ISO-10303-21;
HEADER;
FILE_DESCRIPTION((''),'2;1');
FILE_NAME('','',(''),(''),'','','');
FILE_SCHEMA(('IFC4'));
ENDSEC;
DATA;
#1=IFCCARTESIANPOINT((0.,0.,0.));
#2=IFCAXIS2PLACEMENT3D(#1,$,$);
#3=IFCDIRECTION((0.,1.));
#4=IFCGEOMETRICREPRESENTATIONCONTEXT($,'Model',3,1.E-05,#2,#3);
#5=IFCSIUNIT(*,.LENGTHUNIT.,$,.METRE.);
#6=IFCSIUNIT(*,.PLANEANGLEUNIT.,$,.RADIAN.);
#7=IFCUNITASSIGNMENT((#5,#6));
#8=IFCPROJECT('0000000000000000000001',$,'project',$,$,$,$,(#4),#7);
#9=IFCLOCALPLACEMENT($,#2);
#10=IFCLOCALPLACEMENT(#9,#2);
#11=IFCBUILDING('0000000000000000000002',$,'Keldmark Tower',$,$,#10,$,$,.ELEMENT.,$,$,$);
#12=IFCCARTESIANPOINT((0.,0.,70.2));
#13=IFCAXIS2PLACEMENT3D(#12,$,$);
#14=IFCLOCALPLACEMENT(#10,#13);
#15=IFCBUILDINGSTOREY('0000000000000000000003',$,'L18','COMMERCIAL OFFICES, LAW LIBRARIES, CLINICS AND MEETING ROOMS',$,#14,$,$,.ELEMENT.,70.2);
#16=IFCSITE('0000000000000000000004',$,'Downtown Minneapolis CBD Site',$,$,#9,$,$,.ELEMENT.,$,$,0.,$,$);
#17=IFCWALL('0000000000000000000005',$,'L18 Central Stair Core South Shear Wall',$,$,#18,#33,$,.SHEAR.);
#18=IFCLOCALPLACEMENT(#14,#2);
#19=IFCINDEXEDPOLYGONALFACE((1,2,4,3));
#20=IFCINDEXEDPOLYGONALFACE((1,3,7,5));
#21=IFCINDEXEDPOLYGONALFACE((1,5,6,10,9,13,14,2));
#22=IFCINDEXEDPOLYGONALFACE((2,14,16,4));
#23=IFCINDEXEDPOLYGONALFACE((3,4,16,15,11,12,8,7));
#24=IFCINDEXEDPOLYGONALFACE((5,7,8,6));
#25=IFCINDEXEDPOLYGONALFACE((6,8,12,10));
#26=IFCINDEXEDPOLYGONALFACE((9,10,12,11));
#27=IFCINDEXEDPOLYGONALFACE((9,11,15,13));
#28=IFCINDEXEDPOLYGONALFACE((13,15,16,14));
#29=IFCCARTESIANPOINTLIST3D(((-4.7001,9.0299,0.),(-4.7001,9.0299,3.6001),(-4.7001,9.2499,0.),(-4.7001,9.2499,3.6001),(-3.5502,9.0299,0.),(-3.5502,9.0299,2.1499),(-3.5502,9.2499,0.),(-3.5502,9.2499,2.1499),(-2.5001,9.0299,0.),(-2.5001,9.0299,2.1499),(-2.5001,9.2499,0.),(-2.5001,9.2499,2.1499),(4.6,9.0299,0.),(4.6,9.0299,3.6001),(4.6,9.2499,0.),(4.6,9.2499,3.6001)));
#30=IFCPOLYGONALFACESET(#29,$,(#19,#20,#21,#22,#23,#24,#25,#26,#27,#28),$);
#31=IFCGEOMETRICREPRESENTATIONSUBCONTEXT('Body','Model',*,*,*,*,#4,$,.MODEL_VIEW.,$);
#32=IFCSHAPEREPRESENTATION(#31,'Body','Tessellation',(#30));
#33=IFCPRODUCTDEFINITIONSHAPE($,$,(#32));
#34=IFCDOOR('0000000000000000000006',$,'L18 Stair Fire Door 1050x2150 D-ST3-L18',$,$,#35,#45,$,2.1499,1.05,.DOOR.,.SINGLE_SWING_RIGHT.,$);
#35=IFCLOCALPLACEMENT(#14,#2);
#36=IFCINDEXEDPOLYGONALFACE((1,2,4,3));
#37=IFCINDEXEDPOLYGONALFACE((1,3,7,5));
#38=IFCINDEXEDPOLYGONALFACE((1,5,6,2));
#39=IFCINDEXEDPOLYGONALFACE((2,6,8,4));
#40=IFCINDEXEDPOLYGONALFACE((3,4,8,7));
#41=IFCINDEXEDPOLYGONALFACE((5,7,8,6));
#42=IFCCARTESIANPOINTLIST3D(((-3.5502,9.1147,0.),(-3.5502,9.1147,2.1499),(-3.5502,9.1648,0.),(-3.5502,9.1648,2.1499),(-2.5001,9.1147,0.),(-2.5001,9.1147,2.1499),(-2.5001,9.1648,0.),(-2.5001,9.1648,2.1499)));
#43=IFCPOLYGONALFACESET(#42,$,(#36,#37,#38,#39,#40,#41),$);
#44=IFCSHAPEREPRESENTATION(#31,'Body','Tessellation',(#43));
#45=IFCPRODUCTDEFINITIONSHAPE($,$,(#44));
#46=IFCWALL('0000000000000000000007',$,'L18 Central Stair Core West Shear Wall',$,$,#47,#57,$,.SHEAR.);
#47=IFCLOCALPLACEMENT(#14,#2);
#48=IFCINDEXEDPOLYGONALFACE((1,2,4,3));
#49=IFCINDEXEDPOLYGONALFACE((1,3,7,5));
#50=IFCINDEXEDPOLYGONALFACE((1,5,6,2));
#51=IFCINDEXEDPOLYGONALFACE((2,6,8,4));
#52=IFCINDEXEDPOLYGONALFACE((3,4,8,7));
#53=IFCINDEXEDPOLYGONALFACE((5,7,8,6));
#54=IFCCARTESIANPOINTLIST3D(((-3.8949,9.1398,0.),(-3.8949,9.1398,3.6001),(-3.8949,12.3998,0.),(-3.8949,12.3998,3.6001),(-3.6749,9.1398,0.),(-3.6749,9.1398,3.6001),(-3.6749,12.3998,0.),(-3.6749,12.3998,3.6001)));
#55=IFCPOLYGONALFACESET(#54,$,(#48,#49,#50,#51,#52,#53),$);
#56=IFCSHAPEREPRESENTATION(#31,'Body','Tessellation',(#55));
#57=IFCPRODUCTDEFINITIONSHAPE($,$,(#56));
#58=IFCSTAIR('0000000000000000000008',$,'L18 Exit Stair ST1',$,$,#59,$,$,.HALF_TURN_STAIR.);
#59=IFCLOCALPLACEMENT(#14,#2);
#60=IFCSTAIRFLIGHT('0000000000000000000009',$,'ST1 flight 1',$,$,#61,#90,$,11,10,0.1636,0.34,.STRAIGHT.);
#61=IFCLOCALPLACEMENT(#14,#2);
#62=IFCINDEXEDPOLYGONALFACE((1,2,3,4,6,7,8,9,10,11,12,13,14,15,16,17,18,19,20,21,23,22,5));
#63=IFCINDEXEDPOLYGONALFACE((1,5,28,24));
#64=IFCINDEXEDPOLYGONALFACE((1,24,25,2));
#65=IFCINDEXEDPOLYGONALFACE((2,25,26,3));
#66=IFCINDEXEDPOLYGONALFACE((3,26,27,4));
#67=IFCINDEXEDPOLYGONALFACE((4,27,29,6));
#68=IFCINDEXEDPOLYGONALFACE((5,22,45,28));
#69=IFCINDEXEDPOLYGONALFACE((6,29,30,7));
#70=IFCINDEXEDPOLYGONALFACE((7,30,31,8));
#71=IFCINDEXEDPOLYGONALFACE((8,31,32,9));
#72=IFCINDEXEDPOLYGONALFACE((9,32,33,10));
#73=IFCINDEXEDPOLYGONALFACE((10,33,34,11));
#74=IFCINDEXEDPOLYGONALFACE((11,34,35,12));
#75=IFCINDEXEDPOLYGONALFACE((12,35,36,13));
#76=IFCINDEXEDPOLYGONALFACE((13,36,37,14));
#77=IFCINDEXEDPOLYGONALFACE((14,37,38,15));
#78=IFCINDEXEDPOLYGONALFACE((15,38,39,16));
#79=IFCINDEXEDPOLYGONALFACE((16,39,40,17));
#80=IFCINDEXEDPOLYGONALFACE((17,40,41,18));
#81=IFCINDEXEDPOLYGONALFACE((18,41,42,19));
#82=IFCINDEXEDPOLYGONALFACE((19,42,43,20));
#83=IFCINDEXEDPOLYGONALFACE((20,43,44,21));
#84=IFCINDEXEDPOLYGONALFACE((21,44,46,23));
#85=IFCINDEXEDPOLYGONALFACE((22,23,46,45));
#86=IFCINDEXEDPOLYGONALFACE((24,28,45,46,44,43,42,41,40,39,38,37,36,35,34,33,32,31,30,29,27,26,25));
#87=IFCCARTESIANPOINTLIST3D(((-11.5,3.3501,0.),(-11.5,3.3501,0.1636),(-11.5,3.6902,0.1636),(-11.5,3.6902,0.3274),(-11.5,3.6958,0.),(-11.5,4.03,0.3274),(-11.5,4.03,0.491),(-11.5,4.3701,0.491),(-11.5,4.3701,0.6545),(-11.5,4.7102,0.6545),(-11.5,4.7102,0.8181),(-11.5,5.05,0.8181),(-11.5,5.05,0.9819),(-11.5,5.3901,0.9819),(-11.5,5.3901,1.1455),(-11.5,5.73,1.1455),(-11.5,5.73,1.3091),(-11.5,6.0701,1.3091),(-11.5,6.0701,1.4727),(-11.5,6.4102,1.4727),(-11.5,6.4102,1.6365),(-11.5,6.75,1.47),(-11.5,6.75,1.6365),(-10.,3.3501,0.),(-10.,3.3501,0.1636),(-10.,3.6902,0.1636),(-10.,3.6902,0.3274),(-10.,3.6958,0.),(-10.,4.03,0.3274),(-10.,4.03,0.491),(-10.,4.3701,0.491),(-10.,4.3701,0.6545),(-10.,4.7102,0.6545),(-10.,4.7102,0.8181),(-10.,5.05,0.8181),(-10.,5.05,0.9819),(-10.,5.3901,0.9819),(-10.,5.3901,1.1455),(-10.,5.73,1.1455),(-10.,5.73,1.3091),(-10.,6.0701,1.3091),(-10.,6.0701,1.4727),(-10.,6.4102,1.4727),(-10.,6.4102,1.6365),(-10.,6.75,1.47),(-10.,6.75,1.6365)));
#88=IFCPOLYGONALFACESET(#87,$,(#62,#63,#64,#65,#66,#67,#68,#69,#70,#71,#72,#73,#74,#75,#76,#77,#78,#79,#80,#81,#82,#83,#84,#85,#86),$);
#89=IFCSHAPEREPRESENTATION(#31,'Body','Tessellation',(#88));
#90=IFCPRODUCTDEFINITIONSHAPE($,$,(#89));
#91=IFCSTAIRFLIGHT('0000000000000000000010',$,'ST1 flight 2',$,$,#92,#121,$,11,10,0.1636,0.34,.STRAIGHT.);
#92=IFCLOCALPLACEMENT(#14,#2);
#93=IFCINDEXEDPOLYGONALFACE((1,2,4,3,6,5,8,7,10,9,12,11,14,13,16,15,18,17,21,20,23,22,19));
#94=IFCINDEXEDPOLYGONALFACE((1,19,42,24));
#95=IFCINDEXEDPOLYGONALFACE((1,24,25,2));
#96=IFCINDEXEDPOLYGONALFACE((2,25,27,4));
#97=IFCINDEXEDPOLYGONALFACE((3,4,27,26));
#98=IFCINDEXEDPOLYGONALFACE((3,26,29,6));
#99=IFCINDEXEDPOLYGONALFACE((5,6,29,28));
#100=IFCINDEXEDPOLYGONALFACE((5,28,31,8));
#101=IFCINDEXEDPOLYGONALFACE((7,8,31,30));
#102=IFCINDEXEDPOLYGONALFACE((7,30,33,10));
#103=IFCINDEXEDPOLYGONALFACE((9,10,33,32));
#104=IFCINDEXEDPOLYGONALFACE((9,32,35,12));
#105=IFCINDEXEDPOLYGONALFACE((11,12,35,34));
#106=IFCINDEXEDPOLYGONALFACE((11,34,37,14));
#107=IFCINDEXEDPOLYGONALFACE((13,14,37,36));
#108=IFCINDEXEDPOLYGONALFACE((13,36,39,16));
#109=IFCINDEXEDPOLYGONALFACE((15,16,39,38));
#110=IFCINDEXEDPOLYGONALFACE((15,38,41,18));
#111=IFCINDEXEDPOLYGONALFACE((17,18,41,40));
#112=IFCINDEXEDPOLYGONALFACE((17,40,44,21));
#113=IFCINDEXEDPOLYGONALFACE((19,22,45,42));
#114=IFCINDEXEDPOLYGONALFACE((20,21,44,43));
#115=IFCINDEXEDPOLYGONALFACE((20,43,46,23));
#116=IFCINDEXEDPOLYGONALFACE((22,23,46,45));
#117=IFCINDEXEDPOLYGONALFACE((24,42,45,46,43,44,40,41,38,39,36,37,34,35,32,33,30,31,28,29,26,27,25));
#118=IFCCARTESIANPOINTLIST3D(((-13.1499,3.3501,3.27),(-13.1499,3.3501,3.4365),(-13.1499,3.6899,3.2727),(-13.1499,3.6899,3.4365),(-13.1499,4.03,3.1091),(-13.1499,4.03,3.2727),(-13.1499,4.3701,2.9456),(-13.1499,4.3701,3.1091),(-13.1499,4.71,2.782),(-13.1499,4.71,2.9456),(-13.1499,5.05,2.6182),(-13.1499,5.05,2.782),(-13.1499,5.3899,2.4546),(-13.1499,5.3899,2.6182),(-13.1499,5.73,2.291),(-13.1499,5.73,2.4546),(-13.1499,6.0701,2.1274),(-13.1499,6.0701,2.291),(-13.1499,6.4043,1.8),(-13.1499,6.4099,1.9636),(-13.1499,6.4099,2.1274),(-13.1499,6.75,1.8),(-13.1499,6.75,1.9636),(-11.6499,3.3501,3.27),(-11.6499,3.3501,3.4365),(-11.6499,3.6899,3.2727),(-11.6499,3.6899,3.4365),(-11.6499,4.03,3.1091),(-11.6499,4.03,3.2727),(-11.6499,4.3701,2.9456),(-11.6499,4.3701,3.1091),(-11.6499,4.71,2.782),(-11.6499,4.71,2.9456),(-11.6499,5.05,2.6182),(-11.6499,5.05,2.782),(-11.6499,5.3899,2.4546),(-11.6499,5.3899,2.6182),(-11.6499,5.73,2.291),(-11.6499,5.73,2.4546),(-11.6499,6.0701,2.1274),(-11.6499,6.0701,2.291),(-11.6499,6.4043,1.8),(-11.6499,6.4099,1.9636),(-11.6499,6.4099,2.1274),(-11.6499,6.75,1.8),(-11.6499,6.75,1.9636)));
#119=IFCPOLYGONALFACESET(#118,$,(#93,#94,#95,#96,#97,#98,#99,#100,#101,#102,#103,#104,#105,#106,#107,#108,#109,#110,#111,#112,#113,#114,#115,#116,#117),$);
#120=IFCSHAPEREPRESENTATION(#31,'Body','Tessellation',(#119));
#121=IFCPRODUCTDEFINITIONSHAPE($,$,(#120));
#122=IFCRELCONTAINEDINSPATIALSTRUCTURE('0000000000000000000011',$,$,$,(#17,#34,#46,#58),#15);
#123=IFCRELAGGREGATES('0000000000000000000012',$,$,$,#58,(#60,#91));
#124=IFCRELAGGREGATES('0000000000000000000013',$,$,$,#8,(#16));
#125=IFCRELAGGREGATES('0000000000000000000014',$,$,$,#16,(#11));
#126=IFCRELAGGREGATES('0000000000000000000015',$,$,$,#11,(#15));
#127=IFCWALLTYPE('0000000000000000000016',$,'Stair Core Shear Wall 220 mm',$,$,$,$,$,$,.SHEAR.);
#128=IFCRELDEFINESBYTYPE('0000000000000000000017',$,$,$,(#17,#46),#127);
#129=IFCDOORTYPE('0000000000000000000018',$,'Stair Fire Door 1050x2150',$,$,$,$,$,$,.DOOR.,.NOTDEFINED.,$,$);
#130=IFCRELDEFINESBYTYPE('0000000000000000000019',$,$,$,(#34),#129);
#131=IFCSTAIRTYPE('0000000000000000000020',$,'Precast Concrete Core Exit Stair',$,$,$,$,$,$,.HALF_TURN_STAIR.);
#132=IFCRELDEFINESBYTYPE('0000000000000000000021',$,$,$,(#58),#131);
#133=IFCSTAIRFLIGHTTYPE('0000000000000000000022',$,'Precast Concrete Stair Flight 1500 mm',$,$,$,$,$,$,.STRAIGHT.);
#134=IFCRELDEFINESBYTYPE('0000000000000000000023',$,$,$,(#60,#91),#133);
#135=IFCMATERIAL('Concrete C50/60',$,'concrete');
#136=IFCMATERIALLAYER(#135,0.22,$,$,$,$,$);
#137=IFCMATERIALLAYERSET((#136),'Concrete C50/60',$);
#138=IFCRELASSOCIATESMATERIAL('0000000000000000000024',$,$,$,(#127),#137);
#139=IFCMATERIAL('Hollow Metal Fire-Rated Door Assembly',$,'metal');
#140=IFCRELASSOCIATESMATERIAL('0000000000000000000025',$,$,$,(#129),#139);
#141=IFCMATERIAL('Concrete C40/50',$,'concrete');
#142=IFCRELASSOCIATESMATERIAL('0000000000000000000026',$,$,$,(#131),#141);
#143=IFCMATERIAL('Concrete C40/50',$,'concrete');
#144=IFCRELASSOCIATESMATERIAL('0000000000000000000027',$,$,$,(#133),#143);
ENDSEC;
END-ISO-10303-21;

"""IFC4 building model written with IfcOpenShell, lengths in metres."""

from ifc_helpers import new_model, si_unit, direction, frame, frame_2d, origin, place, context, subcontext, project, spatial, polyline, rectangle, outline, extrude, material, layer, layer_set, type_object, element, fill, aggregate, save


model = new_model("IFC4")

# Units and contexts
model_context = context("Model", 3, precision=1e-05, world=origin(), true_north=direction((0.0, 1.0)))
body_context = subcontext(model_context, "Body", "Model", "MODEL_VIEW")
ifc_project = project(units=[si_unit("LENGTHUNIT", "METRE"), si_unit("PLANEANGLEUNIT", "RADIAN")], contexts=[model_context])

# Site, building, storey
site_placement = place(None, origin())
site = spatial("IfcSite", under=ifc_project, at=site_placement, Name="Downtown Minneapolis CBD Site", CompositionType="ELEMENT", RefElevation=0.0)
building_placement = place(site_placement, origin())
building = spatial("IfcBuilding", under=site, at=building_placement, Name="Keldmark Tower", CompositionType="ELEMENT")
storey_placement = place(building_placement, frame((0.0, 0.0, 70.2)))
storey = spatial("IfcBuildingStorey", under=building, at=storey_placement, Name="L18", Description="COMMERCIAL OFFICES, LAW LIBRARIES, CLINICS AND MEETING ROOMS", CompositionType="ELEMENT", Elevation=70.2)

# Wall, opening, door
ifc_material_1 = material(Name="Concrete C50/60", Category="concrete")
ifc_layer_1 = layer(ifc_material_1, 0.22)
ifc_layer_set_1 = layer_set([ifc_layer_1], Name="Concrete C50/60")
wall_type_1 = type_object("IfcWallType", Name="Stair Core Shear Wall 220 mm", PredefinedType="SHEAR", material=ifc_layer_set_1)
wall_1_placement = place(storey_placement, frame((-4.7, 9.1399, 0.0), z_axis=(0.0, 0.0, 1.0), x_axis=(1.0, 0.0, 0.0)))
wall_1 = element("IfcWall", 1, at=wall_1_placement, inside=storey, type_object=wall_type_1, Name="L18 Central Stair Core South Shear Wall", PredefinedType="SHEAR", context=body_context, shape_type="SweptSolid", body=[
    extrude(rectangle(XDim=9.3, YDim=0.22, at=frame_2d((4.6499, 0.0))), origin(), (0.0, 0.0, 1.0), 3.6001),
])
opening_1_placement = place(wall_1_placement, frame((1.1499, 0.0, 0.0)))
opening_1 = element("IfcOpeningElement", 2, at=opening_1_placement, cuts=wall_1, PredefinedType="OPENING", context=body_context, shape_type="SweptSolid", body=[
    extrude(rectangle(XDim=1.05, YDim=2.1499, at=frame_2d((0.5249, 1.075))), frame((0.0, 0.1199, 0.0), z_axis=(0.0, -1.0, 0.0), x_axis=(1.0, 0.0, 0.0)), (0.0, 0.0, 1.0), 0.24),
])
ifc_material_2 = material(Name="Hollow Metal Fire-Rated Door Assembly", Category="metal")
door_type_1 = type_object("IfcDoorType", Name="Stair Fire Door 1050x2150", OperationType="NOTDEFINED", PredefinedType="DOOR", material=ifc_material_2)
door_1_placement = place(opening_1_placement, origin())
door_1 = element("IfcDoor", 3, at=door_1_placement, inside=storey, type_object=door_type_1, Name="L18 Stair Fire Door 1050x2150 D-ST3-L18", OperationType="SINGLE_SWING_RIGHT", OverallHeight=2.1499, OverallWidth=1.05, PredefinedType="DOOR", context=body_context, shape_type="SweptSolid", body=[
    extrude(rectangle(XDim=1.05, YDim=2.1499, at=frame_2d((0.5249, 1.075))), frame((0.0, 0.0249, 0.0), z_axis=(0.0, -1.0, 0.0), x_axis=(1.0, 0.0, 0.0)), (0.0, 0.0, 1.0), 0.05),
])
fill(opening_1, door_1)

# Wall
wall_2_placement = place(storey_placement, frame((-3.7849, 9.1399, 0.0), z_axis=(0.0, 0.0, 1.0), x_axis=(0.0, 1.0, 0.0)))
element("IfcWall", 4, at=wall_2_placement, inside=storey, type_object=wall_type_1, Name="L18 Central Stair Core West Shear Wall", PredefinedType="SHEAR", context=body_context, shape_type="SweptSolid", body=[
    extrude(rectangle(XDim=3.26, YDim=0.22, at=frame_2d((1.6299, 0.0))), origin(), (0.0, 0.0, 1.0), 3.6001),
])

# Stair, stair flights
ifc_material_3 = material(Name="Concrete C40/50", Category="concrete")
stair_type = type_object("IfcStairType", Name="Precast Concrete Core Exit Stair", PredefinedType="HALF_TURN_STAIR", material=ifc_material_3)
stair_placement = place(storey_placement, origin())
stair = element("IfcStair", 5, at=stair_placement, inside=storey, type_object=stair_type, Name="L18 Exit Stair ST1", PredefinedType="HALF_TURN_STAIR")
ifc_material_4 = material(Name="Concrete C40/50", Category="concrete")
stair_flight_type = type_object("IfcStairFlightType", Name="Precast Concrete Stair Flight 1500 mm", PredefinedType="STRAIGHT", material=ifc_material_4)
stair_flight_1_placement = place(storey_placement, frame((-10.75, 3.3501, 0.0), z_axis=(0.0, 0.0, 1.0), x_axis=(0.0, 1.0, 0.0)))
stair_flight_1 = element("IfcStairFlight", 6, at=stair_flight_1_placement, type_object=stair_flight_type, Name="ST1 flight 1", NumberOfRisers=11, NumberOfTreads=10, PredefinedType="STRAIGHT", RiserHeight=0.1636, TreadLength=0.34, context=body_context, shape_type="SweptSolid", body=[
    extrude(outline(polyline([(0.0, 0.0), (0.0, 0.1636), (0.3401, 0.1636), (0.3401, 0.3274), (0.6799, 0.3274), (0.6799, 0.491), (1.02, 0.491), (1.02, 0.6545), (1.3601, 0.6545), (1.3601, 0.8181), (1.7, 0.8181), (1.7, 0.9819), (2.04, 0.9819), (2.04, 1.1455), (2.3799, 1.1455), (2.3799, 1.3091), (2.72, 1.3091), (2.72, 1.4727), (3.0601, 1.4727), (3.0601, 1.6365), (3.3999, 1.6365), (3.3999, 1.8), (3.3999, 1.47), (0.3457, 0.0), (0.0, 0.0)])), frame((0.0, 0.75, 0.0), z_axis=(0.0, -1.0, 0.0), x_axis=(1.0, 0.0, 0.0)), (0.0, 0.0, 1.0), 1.5),
])
stair_flight_2_placement = place(storey_placement, frame((-12.3999, 6.75, 1.8), z_axis=(0.0, 0.0, 1.0), x_axis=(0.0, -1.0, 0.0)))
stair_flight_2 = element("IfcStairFlight", 7, at=stair_flight_2_placement, type_object=stair_flight_type, Name="ST1 flight 2", NumberOfRisers=11, NumberOfTreads=10, PredefinedType="STRAIGHT", RiserHeight=0.1636, TreadLength=0.34, context=body_context, shape_type="SweptSolid", body=[
    extrude(outline(polyline([(0.0, 0.0), (0.0, 0.1636), (0.3401, 0.1636), (0.3401, 0.3274), (0.6799, 0.3274), (0.6799, 0.491), (1.02, 0.491), (1.02, 0.6545), (1.3601, 0.6545), (1.3601, 0.8181), (1.7, 0.8181), (1.7, 0.9819), (2.04, 0.9819), (2.04, 1.1455), (2.3799, 1.1455), (2.3799, 1.3091), (2.72, 1.3091), (2.72, 1.4727), (3.0601, 1.4727), (3.0601, 1.6365), (3.3999, 1.6365), (3.3999, 1.8), (3.3999, 1.47), (0.3457, 0.0), (0.0, 0.0)])), frame((0.0, 0.75, 0.0), z_axis=(0.0, -1.0, 0.0), x_axis=(1.0, 0.0, 0.0)), (0.0, 0.0, 1.0), 1.5),
])
aggregate(stair, [stair_flight_1, stair_flight_2])

save(model, "model.ifc")
